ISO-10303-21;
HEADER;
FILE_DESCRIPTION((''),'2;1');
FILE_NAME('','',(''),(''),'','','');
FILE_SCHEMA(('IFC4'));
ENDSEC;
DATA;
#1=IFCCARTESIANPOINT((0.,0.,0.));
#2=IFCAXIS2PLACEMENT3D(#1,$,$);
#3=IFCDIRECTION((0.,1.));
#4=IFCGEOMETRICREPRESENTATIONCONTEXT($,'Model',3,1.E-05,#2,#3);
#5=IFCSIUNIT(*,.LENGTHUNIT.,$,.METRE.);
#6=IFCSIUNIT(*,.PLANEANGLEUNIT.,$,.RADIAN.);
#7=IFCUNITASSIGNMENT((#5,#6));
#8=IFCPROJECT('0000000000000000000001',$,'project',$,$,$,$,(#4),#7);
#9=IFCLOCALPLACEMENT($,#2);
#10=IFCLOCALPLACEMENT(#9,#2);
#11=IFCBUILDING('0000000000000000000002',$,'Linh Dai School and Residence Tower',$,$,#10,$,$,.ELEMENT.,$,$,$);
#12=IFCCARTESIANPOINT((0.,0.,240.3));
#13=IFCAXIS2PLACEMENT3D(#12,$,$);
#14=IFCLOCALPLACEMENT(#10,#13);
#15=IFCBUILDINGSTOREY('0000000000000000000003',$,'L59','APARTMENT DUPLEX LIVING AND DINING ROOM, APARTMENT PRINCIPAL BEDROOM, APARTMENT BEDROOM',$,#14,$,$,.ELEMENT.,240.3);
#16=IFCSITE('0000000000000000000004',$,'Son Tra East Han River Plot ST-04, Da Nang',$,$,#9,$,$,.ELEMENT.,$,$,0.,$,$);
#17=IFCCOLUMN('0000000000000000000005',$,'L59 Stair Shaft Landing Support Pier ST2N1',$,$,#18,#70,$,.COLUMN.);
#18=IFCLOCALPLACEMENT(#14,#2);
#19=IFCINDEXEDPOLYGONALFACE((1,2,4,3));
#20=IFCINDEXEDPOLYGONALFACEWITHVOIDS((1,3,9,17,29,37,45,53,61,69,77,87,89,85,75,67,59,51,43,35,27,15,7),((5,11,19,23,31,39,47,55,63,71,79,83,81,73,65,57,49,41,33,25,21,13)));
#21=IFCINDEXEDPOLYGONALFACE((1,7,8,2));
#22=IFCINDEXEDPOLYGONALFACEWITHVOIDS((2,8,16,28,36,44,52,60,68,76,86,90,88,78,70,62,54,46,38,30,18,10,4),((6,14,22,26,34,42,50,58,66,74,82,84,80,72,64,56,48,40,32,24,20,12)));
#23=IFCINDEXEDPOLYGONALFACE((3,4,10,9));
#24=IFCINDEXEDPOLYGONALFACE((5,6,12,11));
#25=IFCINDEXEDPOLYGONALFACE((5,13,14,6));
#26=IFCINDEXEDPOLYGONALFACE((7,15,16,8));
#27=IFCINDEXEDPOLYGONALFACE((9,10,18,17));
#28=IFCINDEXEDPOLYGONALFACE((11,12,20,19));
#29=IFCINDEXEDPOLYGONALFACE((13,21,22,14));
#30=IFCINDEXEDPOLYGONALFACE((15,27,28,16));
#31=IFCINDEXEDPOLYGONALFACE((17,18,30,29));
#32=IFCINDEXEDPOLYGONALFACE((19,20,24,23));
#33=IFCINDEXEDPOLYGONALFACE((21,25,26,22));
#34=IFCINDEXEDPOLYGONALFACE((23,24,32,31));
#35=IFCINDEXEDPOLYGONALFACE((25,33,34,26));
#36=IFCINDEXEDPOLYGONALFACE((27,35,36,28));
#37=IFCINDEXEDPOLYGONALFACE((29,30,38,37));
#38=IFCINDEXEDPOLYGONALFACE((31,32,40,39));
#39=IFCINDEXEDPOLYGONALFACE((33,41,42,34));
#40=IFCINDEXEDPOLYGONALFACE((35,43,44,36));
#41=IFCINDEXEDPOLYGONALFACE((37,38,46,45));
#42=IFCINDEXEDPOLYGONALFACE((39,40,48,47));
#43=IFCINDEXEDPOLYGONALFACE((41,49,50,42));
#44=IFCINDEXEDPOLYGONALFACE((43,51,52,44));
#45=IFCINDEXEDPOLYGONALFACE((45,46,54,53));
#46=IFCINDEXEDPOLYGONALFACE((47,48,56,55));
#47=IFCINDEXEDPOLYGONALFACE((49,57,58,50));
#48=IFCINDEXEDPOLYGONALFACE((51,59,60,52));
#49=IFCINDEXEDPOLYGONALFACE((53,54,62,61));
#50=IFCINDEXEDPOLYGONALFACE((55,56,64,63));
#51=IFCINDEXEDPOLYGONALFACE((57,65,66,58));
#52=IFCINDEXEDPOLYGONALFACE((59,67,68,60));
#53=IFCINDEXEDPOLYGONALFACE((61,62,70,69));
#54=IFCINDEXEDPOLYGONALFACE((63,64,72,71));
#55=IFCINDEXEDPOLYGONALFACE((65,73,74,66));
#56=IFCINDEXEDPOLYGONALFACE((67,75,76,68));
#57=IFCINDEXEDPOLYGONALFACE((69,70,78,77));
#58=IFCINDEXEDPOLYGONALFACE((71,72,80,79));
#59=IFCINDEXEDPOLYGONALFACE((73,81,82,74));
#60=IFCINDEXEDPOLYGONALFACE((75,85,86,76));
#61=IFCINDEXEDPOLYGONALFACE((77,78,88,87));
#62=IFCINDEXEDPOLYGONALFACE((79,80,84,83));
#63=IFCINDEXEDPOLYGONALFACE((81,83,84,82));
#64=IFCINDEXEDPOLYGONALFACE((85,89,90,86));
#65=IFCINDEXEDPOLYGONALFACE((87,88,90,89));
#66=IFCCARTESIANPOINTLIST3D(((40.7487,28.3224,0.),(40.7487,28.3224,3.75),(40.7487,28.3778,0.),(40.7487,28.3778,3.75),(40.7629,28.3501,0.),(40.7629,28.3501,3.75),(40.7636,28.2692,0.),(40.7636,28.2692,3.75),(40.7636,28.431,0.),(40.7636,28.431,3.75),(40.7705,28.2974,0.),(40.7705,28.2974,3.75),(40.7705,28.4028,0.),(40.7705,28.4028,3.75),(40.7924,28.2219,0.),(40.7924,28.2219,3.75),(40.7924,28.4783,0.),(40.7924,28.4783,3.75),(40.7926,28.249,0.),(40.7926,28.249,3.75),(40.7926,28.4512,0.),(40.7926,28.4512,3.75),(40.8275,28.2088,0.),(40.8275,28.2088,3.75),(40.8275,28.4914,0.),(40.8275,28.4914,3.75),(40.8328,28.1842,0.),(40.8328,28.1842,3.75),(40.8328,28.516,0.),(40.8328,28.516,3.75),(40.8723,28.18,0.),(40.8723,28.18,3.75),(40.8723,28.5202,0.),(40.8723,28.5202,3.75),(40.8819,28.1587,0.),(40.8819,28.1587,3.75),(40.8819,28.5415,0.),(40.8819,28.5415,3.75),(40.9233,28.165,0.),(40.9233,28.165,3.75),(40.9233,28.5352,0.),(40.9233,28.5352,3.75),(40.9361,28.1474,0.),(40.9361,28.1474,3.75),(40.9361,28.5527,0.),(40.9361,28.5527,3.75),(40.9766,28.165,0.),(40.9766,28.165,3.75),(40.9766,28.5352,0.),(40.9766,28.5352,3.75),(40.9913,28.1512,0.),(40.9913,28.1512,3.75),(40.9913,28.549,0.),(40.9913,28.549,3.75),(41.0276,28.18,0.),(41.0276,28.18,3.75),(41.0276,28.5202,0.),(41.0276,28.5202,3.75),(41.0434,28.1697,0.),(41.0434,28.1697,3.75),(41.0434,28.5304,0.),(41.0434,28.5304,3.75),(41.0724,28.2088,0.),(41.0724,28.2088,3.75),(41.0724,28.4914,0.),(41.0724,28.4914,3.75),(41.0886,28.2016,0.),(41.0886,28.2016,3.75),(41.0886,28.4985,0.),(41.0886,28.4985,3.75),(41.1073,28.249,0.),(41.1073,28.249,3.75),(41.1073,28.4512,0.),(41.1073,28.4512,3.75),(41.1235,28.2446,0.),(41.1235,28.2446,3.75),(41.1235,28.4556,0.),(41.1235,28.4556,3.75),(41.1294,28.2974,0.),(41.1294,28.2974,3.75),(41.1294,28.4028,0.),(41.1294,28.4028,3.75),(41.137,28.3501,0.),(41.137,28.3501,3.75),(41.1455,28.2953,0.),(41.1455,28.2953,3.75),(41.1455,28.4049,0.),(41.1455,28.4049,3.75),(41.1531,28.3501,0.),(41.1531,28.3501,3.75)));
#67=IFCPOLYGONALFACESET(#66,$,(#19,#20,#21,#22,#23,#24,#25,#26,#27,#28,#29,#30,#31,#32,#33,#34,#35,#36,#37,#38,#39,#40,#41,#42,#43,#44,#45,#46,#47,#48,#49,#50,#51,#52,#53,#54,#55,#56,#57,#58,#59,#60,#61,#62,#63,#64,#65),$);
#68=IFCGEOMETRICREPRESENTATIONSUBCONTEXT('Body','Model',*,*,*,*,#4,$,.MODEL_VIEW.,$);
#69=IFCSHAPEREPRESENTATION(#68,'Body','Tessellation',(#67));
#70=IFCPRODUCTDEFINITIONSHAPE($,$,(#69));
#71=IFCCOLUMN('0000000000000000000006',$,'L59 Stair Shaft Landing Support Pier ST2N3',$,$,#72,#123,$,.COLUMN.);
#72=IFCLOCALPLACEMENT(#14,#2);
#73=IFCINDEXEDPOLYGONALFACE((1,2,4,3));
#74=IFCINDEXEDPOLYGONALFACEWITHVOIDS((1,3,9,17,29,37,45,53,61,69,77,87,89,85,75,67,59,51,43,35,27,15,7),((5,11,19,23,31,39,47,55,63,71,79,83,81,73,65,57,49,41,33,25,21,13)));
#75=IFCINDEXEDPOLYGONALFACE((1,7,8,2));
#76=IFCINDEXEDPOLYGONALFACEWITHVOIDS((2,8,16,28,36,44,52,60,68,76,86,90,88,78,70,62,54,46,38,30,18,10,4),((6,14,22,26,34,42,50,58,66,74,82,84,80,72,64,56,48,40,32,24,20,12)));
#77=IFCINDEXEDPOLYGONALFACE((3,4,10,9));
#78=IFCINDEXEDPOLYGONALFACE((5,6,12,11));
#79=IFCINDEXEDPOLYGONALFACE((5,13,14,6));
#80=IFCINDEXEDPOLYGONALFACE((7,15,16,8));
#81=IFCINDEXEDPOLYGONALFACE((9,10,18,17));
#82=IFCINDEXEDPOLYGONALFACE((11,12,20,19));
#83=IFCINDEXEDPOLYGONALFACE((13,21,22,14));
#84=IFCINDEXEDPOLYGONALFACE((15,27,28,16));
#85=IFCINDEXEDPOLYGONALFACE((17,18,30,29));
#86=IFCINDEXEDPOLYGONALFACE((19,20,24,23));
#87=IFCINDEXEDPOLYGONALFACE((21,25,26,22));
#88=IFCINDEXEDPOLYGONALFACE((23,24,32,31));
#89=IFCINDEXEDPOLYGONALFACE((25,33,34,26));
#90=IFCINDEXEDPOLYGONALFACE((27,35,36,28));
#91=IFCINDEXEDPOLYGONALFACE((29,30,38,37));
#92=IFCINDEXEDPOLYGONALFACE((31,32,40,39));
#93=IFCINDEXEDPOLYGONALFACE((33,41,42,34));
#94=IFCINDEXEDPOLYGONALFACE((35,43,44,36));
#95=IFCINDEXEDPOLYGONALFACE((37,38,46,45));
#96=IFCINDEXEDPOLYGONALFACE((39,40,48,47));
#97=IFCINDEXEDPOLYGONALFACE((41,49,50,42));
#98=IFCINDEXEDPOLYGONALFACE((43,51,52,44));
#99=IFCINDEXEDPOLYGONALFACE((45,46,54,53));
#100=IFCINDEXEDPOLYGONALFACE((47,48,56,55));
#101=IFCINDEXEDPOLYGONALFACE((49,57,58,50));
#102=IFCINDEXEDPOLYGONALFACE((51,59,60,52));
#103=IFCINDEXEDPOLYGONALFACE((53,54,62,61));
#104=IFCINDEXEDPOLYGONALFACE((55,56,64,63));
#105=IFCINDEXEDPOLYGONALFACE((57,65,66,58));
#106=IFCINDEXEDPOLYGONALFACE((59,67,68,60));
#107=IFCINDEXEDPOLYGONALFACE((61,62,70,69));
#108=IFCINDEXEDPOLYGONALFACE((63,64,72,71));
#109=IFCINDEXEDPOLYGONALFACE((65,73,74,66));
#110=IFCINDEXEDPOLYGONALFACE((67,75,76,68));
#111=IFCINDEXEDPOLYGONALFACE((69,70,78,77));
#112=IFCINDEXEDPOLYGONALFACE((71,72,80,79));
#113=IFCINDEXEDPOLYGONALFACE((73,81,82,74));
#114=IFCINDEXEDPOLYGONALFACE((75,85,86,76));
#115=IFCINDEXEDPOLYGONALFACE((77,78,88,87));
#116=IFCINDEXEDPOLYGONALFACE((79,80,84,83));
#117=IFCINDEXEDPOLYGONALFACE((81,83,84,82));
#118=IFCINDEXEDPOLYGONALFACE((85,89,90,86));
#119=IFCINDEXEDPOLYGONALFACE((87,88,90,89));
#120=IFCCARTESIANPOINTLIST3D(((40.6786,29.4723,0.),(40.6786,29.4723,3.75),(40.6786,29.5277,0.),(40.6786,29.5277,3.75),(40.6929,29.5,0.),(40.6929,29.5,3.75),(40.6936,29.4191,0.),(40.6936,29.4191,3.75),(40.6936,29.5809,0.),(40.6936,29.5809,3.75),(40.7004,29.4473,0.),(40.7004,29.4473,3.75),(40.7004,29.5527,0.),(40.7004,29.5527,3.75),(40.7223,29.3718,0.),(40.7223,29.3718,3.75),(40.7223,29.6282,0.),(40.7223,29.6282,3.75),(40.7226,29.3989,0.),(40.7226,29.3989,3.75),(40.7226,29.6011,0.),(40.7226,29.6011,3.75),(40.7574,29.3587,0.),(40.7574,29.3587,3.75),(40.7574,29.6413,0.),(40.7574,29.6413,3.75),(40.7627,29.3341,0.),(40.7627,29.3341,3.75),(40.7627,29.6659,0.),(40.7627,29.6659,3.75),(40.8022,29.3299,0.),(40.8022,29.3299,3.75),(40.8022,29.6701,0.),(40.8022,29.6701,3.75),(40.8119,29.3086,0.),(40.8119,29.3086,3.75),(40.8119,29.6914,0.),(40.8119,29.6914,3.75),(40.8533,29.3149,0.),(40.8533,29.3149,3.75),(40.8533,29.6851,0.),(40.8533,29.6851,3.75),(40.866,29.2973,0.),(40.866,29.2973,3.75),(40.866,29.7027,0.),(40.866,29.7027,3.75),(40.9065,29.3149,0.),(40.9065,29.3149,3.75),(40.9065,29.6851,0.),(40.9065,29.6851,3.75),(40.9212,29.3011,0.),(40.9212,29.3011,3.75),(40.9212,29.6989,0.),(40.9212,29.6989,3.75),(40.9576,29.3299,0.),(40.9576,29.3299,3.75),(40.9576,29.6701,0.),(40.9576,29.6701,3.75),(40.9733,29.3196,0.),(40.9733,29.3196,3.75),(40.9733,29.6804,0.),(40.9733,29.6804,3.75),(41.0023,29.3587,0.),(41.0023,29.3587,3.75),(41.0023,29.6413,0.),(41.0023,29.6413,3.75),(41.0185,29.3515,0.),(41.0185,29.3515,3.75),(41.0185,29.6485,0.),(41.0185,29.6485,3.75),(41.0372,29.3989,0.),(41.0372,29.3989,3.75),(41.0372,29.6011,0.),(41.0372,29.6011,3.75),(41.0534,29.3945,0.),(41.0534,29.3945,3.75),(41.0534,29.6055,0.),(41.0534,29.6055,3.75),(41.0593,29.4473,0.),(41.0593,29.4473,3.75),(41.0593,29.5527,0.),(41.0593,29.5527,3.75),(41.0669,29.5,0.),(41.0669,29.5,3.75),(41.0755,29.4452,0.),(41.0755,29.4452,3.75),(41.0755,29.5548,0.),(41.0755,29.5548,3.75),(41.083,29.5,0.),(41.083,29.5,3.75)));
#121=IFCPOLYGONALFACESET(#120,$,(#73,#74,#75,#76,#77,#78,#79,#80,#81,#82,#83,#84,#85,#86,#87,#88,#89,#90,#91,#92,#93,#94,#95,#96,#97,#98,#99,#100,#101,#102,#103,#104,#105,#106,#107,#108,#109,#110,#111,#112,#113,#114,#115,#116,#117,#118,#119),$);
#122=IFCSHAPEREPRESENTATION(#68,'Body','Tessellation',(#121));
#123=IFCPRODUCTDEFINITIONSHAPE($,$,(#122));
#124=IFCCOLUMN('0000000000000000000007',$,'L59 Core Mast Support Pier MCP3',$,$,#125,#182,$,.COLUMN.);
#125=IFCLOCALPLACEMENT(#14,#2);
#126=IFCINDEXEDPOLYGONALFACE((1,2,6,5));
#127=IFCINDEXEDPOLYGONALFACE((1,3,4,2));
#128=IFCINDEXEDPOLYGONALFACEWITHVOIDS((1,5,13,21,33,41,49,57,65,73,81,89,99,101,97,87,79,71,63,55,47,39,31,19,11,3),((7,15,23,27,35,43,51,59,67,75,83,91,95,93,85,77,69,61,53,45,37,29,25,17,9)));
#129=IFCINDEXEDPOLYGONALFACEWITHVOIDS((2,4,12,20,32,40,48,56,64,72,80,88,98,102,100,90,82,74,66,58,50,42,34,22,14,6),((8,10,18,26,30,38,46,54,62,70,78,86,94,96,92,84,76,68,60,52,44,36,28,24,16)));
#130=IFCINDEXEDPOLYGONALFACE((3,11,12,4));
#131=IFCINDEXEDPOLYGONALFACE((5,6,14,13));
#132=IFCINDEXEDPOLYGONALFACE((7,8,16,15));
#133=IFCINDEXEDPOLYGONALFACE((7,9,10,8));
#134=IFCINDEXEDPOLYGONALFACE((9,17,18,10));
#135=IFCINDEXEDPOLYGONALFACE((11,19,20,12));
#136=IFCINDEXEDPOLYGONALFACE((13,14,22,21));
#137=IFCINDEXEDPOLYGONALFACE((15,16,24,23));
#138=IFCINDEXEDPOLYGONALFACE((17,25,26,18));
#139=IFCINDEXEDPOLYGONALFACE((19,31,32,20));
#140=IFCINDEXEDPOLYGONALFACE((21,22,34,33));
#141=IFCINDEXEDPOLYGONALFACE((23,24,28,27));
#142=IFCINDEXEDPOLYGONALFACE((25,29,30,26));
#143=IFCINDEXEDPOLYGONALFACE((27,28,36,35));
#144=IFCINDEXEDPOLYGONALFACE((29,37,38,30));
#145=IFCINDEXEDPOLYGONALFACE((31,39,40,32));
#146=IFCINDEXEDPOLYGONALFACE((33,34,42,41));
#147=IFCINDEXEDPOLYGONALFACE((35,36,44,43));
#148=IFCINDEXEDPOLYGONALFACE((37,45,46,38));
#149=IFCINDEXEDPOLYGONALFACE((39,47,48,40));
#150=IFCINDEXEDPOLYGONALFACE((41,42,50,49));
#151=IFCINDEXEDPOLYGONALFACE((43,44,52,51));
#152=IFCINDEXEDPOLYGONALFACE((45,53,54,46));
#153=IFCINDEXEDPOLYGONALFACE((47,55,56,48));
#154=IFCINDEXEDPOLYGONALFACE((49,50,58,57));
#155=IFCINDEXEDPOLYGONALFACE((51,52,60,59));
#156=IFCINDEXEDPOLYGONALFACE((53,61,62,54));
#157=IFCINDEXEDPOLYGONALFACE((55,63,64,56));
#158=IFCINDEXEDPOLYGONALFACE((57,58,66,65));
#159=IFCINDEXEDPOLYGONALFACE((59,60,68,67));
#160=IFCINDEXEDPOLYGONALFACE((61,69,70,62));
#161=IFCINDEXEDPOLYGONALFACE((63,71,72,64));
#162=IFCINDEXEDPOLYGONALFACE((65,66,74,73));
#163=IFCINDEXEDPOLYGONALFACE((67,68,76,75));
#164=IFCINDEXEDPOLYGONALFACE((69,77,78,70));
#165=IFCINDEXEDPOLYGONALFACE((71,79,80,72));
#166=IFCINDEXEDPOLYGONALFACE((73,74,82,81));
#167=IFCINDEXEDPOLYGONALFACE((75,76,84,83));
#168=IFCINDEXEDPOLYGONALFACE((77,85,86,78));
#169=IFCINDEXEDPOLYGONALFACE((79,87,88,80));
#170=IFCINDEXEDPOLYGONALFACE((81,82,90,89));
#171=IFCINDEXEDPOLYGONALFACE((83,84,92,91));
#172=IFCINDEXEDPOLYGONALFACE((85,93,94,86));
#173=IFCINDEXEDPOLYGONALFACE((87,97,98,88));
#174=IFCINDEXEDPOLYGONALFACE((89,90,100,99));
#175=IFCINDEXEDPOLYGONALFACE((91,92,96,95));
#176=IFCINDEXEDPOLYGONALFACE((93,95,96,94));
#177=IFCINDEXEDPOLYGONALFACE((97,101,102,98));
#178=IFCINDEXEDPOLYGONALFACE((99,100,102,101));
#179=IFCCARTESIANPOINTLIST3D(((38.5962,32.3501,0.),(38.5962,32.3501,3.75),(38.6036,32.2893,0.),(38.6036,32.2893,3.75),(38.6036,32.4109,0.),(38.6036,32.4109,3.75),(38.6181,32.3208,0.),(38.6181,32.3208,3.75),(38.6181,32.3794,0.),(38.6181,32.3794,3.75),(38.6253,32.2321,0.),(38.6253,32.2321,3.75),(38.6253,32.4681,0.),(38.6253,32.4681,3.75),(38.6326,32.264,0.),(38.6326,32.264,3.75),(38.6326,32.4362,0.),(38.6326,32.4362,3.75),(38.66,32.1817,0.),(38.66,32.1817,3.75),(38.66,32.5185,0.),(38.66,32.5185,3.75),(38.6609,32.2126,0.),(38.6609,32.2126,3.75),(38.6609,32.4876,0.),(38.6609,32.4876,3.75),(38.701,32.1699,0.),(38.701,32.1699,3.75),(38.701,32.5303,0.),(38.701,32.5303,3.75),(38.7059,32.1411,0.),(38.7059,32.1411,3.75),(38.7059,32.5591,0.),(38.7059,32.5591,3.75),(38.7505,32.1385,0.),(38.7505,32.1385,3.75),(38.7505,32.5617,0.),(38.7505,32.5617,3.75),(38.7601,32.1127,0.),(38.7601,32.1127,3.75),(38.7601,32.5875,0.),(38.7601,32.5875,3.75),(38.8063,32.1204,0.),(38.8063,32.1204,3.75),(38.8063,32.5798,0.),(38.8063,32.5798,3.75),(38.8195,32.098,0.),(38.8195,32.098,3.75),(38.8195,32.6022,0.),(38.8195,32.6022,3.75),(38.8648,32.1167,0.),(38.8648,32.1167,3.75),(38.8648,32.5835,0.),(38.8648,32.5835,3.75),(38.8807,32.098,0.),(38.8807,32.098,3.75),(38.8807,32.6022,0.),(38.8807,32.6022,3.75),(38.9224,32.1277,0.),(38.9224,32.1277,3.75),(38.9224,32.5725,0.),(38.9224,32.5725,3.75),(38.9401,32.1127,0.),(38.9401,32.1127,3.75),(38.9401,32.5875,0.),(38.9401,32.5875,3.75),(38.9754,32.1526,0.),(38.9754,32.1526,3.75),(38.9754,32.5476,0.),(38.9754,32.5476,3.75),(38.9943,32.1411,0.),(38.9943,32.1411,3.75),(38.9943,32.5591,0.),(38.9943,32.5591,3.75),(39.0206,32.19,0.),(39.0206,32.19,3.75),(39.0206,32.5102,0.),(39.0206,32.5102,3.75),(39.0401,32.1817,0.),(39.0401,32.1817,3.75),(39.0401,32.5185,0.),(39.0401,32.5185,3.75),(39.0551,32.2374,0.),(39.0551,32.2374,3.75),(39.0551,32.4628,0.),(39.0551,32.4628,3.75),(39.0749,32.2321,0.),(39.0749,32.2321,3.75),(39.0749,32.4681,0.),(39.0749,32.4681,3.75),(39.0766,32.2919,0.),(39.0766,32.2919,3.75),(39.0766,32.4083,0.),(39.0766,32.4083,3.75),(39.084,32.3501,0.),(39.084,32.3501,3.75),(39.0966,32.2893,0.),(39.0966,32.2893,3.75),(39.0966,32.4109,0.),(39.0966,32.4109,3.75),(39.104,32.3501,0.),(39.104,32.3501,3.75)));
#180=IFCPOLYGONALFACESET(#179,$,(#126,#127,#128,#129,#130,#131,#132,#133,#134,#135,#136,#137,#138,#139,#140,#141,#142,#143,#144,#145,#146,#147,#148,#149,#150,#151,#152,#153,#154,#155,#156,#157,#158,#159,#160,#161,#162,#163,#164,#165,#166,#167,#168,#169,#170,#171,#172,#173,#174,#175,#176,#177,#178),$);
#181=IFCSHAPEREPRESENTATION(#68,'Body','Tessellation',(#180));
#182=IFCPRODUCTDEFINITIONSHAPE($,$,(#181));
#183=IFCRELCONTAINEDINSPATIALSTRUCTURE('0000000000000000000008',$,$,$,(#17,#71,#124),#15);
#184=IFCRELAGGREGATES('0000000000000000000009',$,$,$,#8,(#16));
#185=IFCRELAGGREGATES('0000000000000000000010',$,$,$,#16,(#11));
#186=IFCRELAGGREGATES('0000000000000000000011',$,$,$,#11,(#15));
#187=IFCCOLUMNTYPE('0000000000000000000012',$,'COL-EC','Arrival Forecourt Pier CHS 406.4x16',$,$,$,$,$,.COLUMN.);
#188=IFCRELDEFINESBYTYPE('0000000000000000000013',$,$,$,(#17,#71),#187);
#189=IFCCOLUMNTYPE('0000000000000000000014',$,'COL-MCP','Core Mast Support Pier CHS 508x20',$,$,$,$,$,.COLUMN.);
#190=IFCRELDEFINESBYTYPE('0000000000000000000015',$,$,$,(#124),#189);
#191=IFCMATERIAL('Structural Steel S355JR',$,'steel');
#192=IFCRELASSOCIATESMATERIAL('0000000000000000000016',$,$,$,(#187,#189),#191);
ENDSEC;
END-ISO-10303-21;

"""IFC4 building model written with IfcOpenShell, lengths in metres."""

from ifc_helpers import new_model, si_unit, direction, frame, origin, origin_2d, place, context, subcontext, project, spatial, hollow_circle, extrude, material, material_profile, profile_set, type_object, element, save


model = new_model("IFC4")

# Units and contexts
model_context = context("Model", 3, precision=1e-05, world=origin(), true_north=direction((0.0, 1.0)))
body_context = subcontext(model_context, "Body", "Model", "MODEL_VIEW")
ifc_project = project(units=[si_unit("LENGTHUNIT", "METRE"), si_unit("PLANEANGLEUNIT", "RADIAN")], contexts=[model_context])

# Site, building, storey
site_placement = place(None, origin())
site = spatial("IfcSite", under=ifc_project, at=site_placement, Name="Son Tra East Han River Plot ST-04, Da Nang", CompositionType="ELEMENT", RefElevation=0.0)
building_placement = place(site_placement, origin())
building = spatial("IfcBuilding", under=site, at=building_placement, Name="Linh Dai School and Residence Tower", CompositionType="ELEMENT")
storey_placement = place(building_placement, frame((0.0, 0.0, 240.3)))
storey = spatial("IfcBuildingStorey", under=building, at=storey_placement, Name="L59", Description="APARTMENT DUPLEX LIVING AND DINING ROOM, APARTMENT PRINCIPAL BEDROOM, APARTMENT BEDROOM", CompositionType="ELEMENT", Elevation=240.3)

# Columns
ifc_material_1 = material(Name="Structural Steel S355JR", Category="steel")
ifc_material_profile_1 = material_profile(ifc_material_1, hollow_circle(Radius=0.2031, WallThickness=0.0161, at=origin_2d()), Name="CHS 406.4x16")
ifc_profile_set_1 = profile_set([ifc_material_profile_1], Name="Structural Steel S355JR")
column_type_1 = type_object("IfcColumnType", Name="COL-EC", Description="Arrival Forecourt Pier CHS 406.4x16", PredefinedType="COLUMN", material=ifc_profile_set_1)
for number, where, z_axis, x_axis, name in (
    (1, (40.95, 28.3501, 0.0), (0.0, 0.0, 1.0), (1.0, 0.0, 0.0), "L59 Stair Shaft Landing Support Pier ST2N1"),
    (2, (40.8799, 29.5, 0.0), (0.0, 0.0, 1.0), (1.0, 0.0, 0.0), "L59 Stair Shaft Landing Support Pier ST2N3"),
):
    element("IfcColumn", number, at=place(storey_placement, frame(where, z_axis=z_axis, x_axis=x_axis)), inside=storey, type_object=column_type_1, Name=name, PredefinedType="COLUMN", context=body_context, shape_type="SweptSolid", body=[
        extrude(hollow_circle(Radius=0.2031, WallThickness=0.0161, at=origin_2d()), origin(), (0.0, 0.0, 1.0), 3.75),
    ])
ifc_material_profile_2 = material_profile(ifc_material_1, hollow_circle(Radius=0.2539, WallThickness=0.02, at=origin_2d()), Name="CHS 508x20")
ifc_profile_set_2 = profile_set([ifc_material_profile_2], Name="Structural Steel S355JR")
column_type_2 = type_object("IfcColumnType", Name="COL-MCP", Description="Core Mast Support Pier CHS 508x20", PredefinedType="COLUMN", material=ifc_profile_set_2)
column_placement = place(storey_placement, frame((38.8501, 32.3501, 0.0), z_axis=(0.0, 0.0, 1.0), x_axis=(1.0, 0.0, 0.0)))
element("IfcColumn", 3, at=column_placement, inside=storey, type_object=column_type_2, Name="L59 Core Mast Support Pier MCP3", PredefinedType="COLUMN", context=body_context, shape_type="SweptSolid", body=[
    extrude(hollow_circle(Radius=0.2539, WallThickness=0.02, at=origin_2d()), origin(), (0.0, 0.0, 1.0), 3.75),
])

save(model, "model.ifc")
